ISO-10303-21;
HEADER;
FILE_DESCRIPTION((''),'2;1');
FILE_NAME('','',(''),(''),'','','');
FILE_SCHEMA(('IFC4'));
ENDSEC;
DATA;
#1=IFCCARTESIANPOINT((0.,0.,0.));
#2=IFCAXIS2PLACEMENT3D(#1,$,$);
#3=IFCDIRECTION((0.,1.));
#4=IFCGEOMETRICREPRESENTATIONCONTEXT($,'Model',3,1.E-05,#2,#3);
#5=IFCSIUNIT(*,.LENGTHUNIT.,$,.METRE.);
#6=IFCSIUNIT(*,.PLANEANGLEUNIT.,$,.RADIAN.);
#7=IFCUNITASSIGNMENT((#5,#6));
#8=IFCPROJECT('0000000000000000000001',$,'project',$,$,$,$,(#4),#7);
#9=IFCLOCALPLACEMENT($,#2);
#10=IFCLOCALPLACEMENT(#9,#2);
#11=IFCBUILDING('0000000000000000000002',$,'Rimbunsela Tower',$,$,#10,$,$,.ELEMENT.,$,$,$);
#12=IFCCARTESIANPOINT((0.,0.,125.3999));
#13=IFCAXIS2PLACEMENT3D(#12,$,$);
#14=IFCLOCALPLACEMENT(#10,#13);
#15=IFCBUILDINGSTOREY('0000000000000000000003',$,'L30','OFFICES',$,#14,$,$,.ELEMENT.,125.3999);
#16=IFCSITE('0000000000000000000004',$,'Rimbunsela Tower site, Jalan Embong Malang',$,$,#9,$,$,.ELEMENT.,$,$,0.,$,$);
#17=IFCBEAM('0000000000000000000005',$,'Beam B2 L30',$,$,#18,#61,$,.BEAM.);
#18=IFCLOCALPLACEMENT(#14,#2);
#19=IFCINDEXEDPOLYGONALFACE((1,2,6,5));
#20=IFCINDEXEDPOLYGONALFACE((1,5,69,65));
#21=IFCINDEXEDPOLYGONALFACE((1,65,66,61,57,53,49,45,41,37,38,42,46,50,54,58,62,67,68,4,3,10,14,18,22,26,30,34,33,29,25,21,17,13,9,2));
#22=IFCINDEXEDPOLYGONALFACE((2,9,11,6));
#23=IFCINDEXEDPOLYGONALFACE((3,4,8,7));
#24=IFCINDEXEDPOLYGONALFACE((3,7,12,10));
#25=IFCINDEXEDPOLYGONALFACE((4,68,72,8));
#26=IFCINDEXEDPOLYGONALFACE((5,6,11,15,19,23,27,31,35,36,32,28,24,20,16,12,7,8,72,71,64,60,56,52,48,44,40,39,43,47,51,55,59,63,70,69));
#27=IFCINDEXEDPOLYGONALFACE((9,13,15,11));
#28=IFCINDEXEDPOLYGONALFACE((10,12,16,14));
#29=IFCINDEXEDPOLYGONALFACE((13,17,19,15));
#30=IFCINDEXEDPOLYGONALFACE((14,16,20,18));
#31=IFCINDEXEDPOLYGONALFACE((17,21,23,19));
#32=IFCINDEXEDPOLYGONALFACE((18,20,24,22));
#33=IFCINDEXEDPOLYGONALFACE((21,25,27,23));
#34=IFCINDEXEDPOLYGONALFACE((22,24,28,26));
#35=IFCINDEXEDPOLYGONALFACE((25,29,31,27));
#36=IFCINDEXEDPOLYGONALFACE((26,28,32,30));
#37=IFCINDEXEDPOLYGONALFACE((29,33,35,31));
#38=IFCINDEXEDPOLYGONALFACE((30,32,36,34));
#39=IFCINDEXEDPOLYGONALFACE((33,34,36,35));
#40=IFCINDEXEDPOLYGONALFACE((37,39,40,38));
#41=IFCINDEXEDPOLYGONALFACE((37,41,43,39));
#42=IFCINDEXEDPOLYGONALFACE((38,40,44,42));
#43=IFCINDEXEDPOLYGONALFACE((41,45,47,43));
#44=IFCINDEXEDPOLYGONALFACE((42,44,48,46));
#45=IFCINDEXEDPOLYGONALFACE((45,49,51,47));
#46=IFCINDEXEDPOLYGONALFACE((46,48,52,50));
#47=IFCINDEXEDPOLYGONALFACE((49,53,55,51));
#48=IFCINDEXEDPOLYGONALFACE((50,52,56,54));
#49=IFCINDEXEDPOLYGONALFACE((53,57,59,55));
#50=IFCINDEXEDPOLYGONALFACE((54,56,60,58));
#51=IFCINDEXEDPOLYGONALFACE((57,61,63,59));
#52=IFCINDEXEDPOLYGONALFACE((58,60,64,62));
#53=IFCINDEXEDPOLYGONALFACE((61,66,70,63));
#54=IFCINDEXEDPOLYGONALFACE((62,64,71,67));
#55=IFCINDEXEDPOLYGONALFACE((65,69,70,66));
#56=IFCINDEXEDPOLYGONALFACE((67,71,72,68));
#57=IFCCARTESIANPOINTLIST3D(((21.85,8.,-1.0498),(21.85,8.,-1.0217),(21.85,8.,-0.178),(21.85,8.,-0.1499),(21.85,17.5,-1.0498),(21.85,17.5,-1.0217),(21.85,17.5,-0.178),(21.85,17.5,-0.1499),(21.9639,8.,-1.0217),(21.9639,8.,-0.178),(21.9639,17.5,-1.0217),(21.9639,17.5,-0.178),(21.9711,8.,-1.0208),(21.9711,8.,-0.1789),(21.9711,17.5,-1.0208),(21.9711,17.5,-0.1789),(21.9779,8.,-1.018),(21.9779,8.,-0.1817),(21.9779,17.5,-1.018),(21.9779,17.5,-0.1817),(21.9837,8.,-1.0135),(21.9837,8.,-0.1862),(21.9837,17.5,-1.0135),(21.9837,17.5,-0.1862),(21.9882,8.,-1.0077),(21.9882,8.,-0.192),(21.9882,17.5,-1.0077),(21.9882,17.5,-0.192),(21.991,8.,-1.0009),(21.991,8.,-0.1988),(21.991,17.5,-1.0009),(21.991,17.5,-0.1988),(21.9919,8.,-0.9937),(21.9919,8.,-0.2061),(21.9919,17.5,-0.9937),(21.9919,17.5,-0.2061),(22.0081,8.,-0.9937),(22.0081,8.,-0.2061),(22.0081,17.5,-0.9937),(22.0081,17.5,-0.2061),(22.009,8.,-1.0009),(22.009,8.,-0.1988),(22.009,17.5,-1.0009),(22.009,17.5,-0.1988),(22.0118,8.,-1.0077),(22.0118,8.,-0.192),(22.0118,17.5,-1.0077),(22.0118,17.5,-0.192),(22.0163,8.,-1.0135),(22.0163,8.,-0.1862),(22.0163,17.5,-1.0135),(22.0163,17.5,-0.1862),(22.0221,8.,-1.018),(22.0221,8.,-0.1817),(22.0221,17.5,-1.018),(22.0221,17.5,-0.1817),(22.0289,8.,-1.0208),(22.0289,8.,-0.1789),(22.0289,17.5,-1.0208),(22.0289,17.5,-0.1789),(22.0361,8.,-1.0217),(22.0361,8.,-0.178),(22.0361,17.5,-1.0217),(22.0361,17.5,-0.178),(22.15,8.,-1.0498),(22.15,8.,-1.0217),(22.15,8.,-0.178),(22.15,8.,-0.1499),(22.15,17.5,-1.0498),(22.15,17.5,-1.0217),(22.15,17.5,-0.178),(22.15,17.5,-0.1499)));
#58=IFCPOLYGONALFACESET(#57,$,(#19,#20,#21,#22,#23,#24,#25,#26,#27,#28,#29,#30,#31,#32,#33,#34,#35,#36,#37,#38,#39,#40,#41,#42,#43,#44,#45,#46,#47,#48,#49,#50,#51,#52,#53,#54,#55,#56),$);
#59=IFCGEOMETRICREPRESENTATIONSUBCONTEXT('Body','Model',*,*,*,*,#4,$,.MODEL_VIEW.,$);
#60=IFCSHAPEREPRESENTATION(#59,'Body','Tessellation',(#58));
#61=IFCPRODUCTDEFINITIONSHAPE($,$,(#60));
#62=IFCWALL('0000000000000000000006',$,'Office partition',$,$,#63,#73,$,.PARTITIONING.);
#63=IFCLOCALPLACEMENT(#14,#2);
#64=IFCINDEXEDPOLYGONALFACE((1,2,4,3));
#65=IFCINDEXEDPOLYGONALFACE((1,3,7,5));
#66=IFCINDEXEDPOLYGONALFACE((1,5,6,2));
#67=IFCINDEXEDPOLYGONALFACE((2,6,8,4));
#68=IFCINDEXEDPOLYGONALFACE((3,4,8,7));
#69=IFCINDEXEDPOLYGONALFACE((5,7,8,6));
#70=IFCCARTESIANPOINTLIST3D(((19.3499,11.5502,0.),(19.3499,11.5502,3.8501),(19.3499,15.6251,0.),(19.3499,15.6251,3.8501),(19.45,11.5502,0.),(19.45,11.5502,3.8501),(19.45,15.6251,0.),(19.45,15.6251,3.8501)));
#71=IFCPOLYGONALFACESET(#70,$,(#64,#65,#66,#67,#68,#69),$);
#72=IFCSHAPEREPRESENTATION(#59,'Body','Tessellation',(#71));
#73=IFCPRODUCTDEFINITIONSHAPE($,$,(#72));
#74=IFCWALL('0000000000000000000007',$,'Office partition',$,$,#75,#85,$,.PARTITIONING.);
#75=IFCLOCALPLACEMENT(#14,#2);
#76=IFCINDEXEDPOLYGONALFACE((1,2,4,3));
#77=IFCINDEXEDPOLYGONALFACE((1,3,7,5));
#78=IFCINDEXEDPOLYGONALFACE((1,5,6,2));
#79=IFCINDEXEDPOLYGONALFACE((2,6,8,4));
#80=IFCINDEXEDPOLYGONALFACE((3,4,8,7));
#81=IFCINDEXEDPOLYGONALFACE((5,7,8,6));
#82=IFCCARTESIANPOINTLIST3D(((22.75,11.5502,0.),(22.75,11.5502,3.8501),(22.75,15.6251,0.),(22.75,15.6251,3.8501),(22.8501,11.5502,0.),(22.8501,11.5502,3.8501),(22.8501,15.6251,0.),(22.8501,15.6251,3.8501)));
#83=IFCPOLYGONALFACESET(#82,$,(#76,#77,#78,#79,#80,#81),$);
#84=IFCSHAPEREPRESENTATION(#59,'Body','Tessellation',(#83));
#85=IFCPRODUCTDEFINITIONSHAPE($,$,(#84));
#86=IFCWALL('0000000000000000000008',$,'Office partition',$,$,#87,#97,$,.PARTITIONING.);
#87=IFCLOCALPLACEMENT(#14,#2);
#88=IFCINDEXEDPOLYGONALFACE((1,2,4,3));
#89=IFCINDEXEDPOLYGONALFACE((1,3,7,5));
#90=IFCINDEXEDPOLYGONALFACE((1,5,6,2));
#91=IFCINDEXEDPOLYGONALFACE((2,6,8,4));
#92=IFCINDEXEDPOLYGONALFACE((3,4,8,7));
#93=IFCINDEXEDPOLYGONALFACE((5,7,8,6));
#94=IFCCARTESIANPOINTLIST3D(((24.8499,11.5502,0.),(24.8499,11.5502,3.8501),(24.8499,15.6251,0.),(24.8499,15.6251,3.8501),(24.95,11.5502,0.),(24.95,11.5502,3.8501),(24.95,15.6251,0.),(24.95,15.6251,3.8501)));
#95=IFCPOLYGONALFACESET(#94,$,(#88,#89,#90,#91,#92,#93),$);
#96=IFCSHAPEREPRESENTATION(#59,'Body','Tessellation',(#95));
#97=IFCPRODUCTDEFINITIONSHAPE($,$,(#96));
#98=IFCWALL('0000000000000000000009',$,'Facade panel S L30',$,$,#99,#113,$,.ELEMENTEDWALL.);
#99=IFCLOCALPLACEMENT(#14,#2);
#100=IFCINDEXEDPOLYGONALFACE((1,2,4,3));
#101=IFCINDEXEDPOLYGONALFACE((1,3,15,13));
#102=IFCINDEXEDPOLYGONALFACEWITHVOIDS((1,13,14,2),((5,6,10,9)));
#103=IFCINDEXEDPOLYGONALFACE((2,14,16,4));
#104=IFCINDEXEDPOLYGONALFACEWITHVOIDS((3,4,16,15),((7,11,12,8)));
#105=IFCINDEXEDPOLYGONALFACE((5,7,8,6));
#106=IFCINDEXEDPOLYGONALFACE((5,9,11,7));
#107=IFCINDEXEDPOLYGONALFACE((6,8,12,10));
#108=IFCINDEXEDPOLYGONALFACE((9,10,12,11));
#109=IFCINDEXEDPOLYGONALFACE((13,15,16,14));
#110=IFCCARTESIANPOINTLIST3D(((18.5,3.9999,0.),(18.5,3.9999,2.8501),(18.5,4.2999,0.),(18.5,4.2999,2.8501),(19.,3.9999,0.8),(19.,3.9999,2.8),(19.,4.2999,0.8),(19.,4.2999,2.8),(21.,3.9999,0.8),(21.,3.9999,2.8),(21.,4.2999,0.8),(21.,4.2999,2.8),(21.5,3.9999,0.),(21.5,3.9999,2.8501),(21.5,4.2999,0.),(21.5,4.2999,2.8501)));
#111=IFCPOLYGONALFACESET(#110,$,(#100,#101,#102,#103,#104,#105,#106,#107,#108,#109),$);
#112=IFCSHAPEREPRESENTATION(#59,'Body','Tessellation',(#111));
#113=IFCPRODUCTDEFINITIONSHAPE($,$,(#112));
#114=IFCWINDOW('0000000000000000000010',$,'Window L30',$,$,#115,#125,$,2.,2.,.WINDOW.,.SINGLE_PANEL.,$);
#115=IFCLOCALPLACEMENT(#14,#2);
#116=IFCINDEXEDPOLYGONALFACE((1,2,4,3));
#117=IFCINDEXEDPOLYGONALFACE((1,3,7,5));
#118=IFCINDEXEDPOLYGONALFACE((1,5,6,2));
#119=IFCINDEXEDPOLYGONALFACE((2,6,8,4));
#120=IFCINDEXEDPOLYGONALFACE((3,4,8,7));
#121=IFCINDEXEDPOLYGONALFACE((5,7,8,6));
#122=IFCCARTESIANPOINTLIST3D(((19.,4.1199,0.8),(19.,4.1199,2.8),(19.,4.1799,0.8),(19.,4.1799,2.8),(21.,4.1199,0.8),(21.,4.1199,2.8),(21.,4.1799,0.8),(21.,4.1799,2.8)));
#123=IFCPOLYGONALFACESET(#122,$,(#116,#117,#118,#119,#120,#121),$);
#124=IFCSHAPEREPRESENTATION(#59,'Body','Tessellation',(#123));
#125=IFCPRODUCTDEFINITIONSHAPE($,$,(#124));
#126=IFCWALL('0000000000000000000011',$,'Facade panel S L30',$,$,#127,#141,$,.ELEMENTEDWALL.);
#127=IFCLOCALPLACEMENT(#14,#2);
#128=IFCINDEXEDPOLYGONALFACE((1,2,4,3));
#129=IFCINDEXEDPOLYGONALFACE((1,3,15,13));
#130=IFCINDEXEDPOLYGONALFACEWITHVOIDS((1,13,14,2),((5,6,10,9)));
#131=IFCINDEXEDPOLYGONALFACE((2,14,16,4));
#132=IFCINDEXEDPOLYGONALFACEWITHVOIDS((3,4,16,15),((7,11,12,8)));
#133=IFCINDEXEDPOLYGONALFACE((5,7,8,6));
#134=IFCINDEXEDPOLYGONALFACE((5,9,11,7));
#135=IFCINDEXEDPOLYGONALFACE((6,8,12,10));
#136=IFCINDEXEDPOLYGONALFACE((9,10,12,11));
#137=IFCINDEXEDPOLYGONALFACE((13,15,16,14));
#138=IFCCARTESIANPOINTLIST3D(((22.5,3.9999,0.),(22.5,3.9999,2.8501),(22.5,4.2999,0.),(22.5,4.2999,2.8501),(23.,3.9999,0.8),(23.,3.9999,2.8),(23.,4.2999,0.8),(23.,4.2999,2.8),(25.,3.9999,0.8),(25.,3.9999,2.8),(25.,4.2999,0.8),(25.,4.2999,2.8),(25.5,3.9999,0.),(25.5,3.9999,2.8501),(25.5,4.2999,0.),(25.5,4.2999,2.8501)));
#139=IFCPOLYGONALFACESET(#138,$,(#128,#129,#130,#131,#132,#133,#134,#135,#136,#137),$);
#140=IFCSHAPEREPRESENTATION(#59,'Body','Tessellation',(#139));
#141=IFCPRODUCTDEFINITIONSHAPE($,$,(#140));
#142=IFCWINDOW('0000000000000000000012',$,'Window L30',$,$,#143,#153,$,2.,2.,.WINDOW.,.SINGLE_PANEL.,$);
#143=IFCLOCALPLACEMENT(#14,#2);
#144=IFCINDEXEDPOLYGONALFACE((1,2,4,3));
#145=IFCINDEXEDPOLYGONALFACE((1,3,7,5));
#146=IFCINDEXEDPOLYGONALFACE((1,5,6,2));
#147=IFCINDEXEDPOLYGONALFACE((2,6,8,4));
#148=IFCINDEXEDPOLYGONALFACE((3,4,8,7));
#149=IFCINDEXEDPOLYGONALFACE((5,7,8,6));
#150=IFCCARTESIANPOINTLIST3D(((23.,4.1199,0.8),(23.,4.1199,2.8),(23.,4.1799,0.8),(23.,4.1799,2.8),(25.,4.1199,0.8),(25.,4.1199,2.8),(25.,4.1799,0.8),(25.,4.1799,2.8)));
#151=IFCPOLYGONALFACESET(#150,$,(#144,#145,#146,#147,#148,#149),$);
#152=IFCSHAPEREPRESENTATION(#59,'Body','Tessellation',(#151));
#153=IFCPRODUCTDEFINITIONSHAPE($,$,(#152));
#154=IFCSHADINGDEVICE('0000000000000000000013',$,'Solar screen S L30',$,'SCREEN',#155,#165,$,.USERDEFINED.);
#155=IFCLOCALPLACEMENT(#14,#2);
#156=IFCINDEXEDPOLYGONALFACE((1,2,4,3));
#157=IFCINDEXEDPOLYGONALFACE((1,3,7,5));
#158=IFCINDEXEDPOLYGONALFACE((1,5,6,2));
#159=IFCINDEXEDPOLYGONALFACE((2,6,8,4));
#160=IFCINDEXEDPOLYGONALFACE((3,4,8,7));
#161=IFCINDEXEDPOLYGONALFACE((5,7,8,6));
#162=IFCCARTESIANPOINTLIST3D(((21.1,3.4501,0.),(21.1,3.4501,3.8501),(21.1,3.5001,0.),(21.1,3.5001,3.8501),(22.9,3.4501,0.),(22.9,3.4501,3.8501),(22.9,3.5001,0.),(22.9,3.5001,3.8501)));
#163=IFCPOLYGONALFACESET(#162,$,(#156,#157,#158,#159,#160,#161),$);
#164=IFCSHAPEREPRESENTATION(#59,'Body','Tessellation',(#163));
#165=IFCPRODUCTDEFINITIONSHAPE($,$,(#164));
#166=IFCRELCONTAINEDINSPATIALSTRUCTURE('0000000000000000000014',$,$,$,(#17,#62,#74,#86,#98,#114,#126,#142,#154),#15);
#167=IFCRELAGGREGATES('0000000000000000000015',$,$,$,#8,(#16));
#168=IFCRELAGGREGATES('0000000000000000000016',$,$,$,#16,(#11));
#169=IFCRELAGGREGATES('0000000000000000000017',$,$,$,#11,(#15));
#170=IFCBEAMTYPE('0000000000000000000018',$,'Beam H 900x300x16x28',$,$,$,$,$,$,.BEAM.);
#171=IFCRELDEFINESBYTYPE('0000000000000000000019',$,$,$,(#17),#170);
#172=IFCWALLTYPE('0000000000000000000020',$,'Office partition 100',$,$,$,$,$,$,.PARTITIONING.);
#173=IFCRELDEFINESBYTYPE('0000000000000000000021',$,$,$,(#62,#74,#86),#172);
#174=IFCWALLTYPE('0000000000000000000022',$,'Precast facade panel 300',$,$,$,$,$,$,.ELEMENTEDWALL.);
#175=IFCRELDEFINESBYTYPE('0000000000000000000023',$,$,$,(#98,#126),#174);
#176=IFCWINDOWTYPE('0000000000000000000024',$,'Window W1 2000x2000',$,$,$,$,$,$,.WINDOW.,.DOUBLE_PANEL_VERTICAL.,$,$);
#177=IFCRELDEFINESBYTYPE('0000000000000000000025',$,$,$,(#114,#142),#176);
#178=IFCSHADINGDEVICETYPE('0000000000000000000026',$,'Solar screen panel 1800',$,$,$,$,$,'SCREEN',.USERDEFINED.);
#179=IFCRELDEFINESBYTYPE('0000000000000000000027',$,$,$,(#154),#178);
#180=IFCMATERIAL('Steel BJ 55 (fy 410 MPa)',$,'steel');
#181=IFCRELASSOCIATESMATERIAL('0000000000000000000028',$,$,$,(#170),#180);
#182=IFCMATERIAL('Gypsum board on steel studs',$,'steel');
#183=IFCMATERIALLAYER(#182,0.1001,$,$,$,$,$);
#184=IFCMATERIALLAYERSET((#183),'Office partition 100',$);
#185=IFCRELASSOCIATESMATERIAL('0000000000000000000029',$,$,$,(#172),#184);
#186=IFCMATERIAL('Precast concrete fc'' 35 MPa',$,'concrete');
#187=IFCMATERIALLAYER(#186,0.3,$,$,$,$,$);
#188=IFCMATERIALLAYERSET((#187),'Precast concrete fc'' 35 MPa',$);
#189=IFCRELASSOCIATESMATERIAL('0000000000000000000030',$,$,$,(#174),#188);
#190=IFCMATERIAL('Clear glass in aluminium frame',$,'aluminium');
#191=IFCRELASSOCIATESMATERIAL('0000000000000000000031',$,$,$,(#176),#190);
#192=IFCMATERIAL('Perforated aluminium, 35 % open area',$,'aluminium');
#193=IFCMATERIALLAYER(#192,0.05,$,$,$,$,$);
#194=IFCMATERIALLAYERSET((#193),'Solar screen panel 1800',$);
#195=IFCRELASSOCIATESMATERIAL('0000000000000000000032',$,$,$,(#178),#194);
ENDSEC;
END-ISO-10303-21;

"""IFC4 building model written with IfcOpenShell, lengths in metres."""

from ifc_helpers import new_model, si_unit, direction, frame, frame_2d, origin, origin_2d, place, context, subcontext, project, spatial, rectangle, i_section, extrude, material, layer, layer_set, material_profile, profile_set, type_object, element, fill, save


model = new_model("IFC4")

# Units and contexts
model_context = context("Model", 3, precision=1e-05, world=origin(), true_north=direction((0.0, 1.0)))
body_context = subcontext(model_context, "Body", "Model", "MODEL_VIEW")
ifc_project = project(units=[si_unit("LENGTHUNIT", "METRE"), si_unit("PLANEANGLEUNIT", "RADIAN")], contexts=[model_context])

# Site, building, storey
site_placement = place(None, origin())
site = spatial("IfcSite", under=ifc_project, at=site_placement, Name="Rimbunsela Tower site, Jalan Embong Malang", CompositionType="ELEMENT", RefElevation=0.0)
building_placement = place(site_placement, origin())
building = spatial("IfcBuilding", under=site, at=building_placement, Name="Rimbunsela Tower", CompositionType="ELEMENT")
storey_placement = place(building_placement, frame((0.0, 0.0, 125.3999)))
storey = spatial("IfcBuildingStorey", under=building, at=storey_placement, Name="L30", Description="OFFICES", CompositionType="ELEMENT", Elevation=125.3999)

# Beam
ifc_material_1 = material(Name="Steel BJ 55 (fy 410 MPa)", Category="steel")
ifc_material_profile_1 = material_profile(ifc_material_1, i_section(OverallWidth=0.3, OverallDepth=0.8999, WebThickness=0.0161, FlangeThickness=0.0281, FilletRadius=0.0281, at=origin_2d()), Name="H 900x300x16x28")
ifc_profile_set_1 = profile_set([ifc_material_profile_1], Name="Steel BJ 55 (fy 410 MPa)")
beam_type_1 = type_object("IfcBeamType", Name="Beam H 900x300x16x28", PredefinedType="BEAM", material=ifc_profile_set_1)
beam_1_placement = place(storey_placement, frame((22.0, 8.0, -0.5999), z_axis=(0.0, 1.0, 0.0), x_axis=(-1.0, 0.0, 0.0)))
element("IfcBeam", 1, at=beam_1_placement, inside=storey, type_object=beam_type_1, Name="Beam B2 L30", PredefinedType="BEAM", context=body_context, shape_type="SweptSolid", body=[
    extrude(i_section(OverallWidth=0.3, OverallDepth=0.8999, WebThickness=0.0161, FlangeThickness=0.0281, FilletRadius=0.0281, at=origin_2d()), origin(), (0.0, 0.0, 1.0), 9.5),
])

# Walls
ifc_material_2 = material(Name="Gypsum board on steel studs", Category="steel")
ifc_layer_1 = layer(ifc_material_2, 0.1001)
ifc_layer_set_1 = layer_set([ifc_layer_1], Name="Office partition 100")
wall_type_1 = type_object("IfcWallType", Name="Office partition 100", PredefinedType="PARTITIONING", material=ifc_layer_set_1)
for number, where, z_axis, x_axis, name in (
    (2, (19.3999, 11.55, 0.0), (0.0, 0.0, 1.0), (0.0, 1.0, 0.0), "Office partition"),
    (3, (22.8, 11.55, 0.0), (0.0, 0.0, 1.0), (0.0, 1.0, 0.0), "Office partition"),
    (4, (24.8999, 11.55, 0.0), (0.0, 0.0, 1.0), (0.0, 1.0, 0.0), "Office partition"),
):
    element("IfcWall", number, at=place(storey_placement, frame(where, z_axis=z_axis, x_axis=x_axis)), inside=storey, type_object=wall_type_1, Name=name, PredefinedType="PARTITIONING", context=body_context, shape_type="SweptSolid", body=[
        extrude(rectangle(XDim=4.075, YDim=0.1001, at=frame_2d((2.0376, 0.0))), origin(), (0.0, 0.0, 1.0), 3.8501),
    ])

# Walls, openings, windows
ifc_material_3 = material(Name="Precast concrete fc' 35 MPa", Category="concrete")
ifc_layer_2 = layer(ifc_material_3, 0.3)
ifc_layer_set_2 = layer_set([ifc_layer_2], Name="Precast concrete fc' 35 MPa")
wall_type_2 = type_object("IfcWallType", Name="Precast facade panel 300", PredefinedType="ELEMENTEDWALL", material=ifc_layer_set_2)
wall_1_placement = place(storey_placement, frame((18.5, 4.1499, 0.0), z_axis=(0.0, 0.0, 1.0), x_axis=(1.0, 0.0, 0.0)))
wall_1 = element("IfcWall", 5, at=wall_1_placement, inside=storey, type_object=wall_type_2, Name="Facade panel S L30", PredefinedType="ELEMENTEDWALL", context=body_context, shape_type="SweptSolid", body=[
    extrude(rectangle(XDim=3.0, YDim=0.3, at=frame_2d((1.5, 0.0))), origin(), (0.0, 0.0, 1.0), 2.8501),
])
opening_1_placement = place(wall_1_placement, frame((0.5, 0.0, 0.8)))
opening_1 = element("IfcOpeningElement", 6, at=opening_1_placement, cuts=wall_1, PredefinedType="OPENING", context=body_context, shape_type="SweptSolid", body=[
    extrude(rectangle(XDim=2.0, YDim=2.0, at=frame_2d((1.0, 1.0))), frame((0.0, 0.1599, 0.0), z_axis=(0.0, -1.0, 0.0), x_axis=(1.0, 0.0, 0.0)), (0.0, 0.0, 1.0), 0.3201),
])
ifc_material_4 = material(Name="Clear glass in aluminium frame", Category="aluminium")
window_type = type_object("IfcWindowType", Name="Window W1 2000x2000", PartitioningType="DOUBLE_PANEL_VERTICAL", PredefinedType="WINDOW", material=ifc_material_4)
window_1_placement = place(opening_1_placement, origin())
window_1 = element("IfcWindow", 7, at=window_1_placement, inside=storey, type_object=window_type, Name="Window L30", OverallHeight=2.0, OverallWidth=2.0, PartitioningType="SINGLE_PANEL", PredefinedType="WINDOW", context=body_context, shape_type="SweptSolid", body=[
    extrude(rectangle(XDim=2.0, YDim=2.0, at=frame_2d((1.0, 1.0))), frame((0.0, 0.03, 0.0), z_axis=(0.0, -1.0, 0.0), x_axis=(1.0, 0.0, 0.0)), (0.0, 0.0, 1.0), 0.0601),
])
fill(opening_1, window_1)
wall_2_placement = place(storey_placement, frame((22.5, 4.1499, 0.0), z_axis=(0.0, 0.0, 1.0), x_axis=(1.0, 0.0, 0.0)))
wall_2 = element("IfcWall", 8, at=wall_2_placement, inside=storey, type_object=wall_type_2, Name="Facade panel S L30", PredefinedType="ELEMENTEDWALL", context=body_context, shape_type="SweptSolid", body=[
    extrude(rectangle(XDim=3.0, YDim=0.3, at=frame_2d((1.5, 0.0))), origin(), (0.0, 0.0, 1.0), 2.8501),
])
opening_2_placement = place(wall_2_placement, frame((0.5, 0.0, 0.8)))
opening_2 = element("IfcOpeningElement", 9, at=opening_2_placement, cuts=wall_2, PredefinedType="OPENING", context=body_context, shape_type="SweptSolid", body=[
    extrude(rectangle(XDim=2.0, YDim=2.0, at=frame_2d((1.0, 1.0))), frame((0.0, 0.1599, 0.0), z_axis=(0.0, -1.0, 0.0), x_axis=(1.0, 0.0, 0.0)), (0.0, 0.0, 1.0), 0.3201),
])
window_2_placement = place(opening_2_placement, origin())
window_2 = element("IfcWindow", 10, at=window_2_placement, inside=storey, type_object=window_type, Name="Window L30", OverallHeight=2.0, OverallWidth=2.0, PartitioningType="SINGLE_PANEL", PredefinedType="WINDOW", context=body_context, shape_type="SweptSolid", body=[
    extrude(rectangle(XDim=2.0, YDim=2.0, at=frame_2d((1.0, 1.0))), frame((0.0, 0.03, 0.0), z_axis=(0.0, -1.0, 0.0), x_axis=(1.0, 0.0, 0.0)), (0.0, 0.0, 1.0), 0.0601),
])
fill(opening_2, window_2)

# Shading device
ifc_material_5 = material(Name="Perforated aluminium, 35 % open area", Category="aluminium")
ifc_layer_3 = layer(ifc_material_5, 0.05)
ifc_layer_set_3 = layer_set([ifc_layer_3], Name="Solar screen panel 1800")
shading_device_type = type_object("IfcShadingDeviceType", Name="Solar screen panel 1800", ElementType="SCREEN", PredefinedType="USERDEFINED", material=ifc_layer_set_3)
shading_device_placement = place(storey_placement, frame((22.0, 3.4751, 0.0), z_axis=(0.0, 0.0, 1.0), x_axis=(1.0, 0.0, 0.0)))
element("IfcShadingDevice", 11, at=shading_device_placement, inside=storey, type_object=shading_device_type, Name="Solar screen S L30", ObjectType="SCREEN", PredefinedType="USERDEFINED", context=body_context, shape_type="SweptSolid", body=[
    extrude(rectangle(XDim=1.8, YDim=0.05, at=origin_2d()), origin(), (0.0, 0.0, 1.0), 3.8501),
])

save(model, "model.ifc")
